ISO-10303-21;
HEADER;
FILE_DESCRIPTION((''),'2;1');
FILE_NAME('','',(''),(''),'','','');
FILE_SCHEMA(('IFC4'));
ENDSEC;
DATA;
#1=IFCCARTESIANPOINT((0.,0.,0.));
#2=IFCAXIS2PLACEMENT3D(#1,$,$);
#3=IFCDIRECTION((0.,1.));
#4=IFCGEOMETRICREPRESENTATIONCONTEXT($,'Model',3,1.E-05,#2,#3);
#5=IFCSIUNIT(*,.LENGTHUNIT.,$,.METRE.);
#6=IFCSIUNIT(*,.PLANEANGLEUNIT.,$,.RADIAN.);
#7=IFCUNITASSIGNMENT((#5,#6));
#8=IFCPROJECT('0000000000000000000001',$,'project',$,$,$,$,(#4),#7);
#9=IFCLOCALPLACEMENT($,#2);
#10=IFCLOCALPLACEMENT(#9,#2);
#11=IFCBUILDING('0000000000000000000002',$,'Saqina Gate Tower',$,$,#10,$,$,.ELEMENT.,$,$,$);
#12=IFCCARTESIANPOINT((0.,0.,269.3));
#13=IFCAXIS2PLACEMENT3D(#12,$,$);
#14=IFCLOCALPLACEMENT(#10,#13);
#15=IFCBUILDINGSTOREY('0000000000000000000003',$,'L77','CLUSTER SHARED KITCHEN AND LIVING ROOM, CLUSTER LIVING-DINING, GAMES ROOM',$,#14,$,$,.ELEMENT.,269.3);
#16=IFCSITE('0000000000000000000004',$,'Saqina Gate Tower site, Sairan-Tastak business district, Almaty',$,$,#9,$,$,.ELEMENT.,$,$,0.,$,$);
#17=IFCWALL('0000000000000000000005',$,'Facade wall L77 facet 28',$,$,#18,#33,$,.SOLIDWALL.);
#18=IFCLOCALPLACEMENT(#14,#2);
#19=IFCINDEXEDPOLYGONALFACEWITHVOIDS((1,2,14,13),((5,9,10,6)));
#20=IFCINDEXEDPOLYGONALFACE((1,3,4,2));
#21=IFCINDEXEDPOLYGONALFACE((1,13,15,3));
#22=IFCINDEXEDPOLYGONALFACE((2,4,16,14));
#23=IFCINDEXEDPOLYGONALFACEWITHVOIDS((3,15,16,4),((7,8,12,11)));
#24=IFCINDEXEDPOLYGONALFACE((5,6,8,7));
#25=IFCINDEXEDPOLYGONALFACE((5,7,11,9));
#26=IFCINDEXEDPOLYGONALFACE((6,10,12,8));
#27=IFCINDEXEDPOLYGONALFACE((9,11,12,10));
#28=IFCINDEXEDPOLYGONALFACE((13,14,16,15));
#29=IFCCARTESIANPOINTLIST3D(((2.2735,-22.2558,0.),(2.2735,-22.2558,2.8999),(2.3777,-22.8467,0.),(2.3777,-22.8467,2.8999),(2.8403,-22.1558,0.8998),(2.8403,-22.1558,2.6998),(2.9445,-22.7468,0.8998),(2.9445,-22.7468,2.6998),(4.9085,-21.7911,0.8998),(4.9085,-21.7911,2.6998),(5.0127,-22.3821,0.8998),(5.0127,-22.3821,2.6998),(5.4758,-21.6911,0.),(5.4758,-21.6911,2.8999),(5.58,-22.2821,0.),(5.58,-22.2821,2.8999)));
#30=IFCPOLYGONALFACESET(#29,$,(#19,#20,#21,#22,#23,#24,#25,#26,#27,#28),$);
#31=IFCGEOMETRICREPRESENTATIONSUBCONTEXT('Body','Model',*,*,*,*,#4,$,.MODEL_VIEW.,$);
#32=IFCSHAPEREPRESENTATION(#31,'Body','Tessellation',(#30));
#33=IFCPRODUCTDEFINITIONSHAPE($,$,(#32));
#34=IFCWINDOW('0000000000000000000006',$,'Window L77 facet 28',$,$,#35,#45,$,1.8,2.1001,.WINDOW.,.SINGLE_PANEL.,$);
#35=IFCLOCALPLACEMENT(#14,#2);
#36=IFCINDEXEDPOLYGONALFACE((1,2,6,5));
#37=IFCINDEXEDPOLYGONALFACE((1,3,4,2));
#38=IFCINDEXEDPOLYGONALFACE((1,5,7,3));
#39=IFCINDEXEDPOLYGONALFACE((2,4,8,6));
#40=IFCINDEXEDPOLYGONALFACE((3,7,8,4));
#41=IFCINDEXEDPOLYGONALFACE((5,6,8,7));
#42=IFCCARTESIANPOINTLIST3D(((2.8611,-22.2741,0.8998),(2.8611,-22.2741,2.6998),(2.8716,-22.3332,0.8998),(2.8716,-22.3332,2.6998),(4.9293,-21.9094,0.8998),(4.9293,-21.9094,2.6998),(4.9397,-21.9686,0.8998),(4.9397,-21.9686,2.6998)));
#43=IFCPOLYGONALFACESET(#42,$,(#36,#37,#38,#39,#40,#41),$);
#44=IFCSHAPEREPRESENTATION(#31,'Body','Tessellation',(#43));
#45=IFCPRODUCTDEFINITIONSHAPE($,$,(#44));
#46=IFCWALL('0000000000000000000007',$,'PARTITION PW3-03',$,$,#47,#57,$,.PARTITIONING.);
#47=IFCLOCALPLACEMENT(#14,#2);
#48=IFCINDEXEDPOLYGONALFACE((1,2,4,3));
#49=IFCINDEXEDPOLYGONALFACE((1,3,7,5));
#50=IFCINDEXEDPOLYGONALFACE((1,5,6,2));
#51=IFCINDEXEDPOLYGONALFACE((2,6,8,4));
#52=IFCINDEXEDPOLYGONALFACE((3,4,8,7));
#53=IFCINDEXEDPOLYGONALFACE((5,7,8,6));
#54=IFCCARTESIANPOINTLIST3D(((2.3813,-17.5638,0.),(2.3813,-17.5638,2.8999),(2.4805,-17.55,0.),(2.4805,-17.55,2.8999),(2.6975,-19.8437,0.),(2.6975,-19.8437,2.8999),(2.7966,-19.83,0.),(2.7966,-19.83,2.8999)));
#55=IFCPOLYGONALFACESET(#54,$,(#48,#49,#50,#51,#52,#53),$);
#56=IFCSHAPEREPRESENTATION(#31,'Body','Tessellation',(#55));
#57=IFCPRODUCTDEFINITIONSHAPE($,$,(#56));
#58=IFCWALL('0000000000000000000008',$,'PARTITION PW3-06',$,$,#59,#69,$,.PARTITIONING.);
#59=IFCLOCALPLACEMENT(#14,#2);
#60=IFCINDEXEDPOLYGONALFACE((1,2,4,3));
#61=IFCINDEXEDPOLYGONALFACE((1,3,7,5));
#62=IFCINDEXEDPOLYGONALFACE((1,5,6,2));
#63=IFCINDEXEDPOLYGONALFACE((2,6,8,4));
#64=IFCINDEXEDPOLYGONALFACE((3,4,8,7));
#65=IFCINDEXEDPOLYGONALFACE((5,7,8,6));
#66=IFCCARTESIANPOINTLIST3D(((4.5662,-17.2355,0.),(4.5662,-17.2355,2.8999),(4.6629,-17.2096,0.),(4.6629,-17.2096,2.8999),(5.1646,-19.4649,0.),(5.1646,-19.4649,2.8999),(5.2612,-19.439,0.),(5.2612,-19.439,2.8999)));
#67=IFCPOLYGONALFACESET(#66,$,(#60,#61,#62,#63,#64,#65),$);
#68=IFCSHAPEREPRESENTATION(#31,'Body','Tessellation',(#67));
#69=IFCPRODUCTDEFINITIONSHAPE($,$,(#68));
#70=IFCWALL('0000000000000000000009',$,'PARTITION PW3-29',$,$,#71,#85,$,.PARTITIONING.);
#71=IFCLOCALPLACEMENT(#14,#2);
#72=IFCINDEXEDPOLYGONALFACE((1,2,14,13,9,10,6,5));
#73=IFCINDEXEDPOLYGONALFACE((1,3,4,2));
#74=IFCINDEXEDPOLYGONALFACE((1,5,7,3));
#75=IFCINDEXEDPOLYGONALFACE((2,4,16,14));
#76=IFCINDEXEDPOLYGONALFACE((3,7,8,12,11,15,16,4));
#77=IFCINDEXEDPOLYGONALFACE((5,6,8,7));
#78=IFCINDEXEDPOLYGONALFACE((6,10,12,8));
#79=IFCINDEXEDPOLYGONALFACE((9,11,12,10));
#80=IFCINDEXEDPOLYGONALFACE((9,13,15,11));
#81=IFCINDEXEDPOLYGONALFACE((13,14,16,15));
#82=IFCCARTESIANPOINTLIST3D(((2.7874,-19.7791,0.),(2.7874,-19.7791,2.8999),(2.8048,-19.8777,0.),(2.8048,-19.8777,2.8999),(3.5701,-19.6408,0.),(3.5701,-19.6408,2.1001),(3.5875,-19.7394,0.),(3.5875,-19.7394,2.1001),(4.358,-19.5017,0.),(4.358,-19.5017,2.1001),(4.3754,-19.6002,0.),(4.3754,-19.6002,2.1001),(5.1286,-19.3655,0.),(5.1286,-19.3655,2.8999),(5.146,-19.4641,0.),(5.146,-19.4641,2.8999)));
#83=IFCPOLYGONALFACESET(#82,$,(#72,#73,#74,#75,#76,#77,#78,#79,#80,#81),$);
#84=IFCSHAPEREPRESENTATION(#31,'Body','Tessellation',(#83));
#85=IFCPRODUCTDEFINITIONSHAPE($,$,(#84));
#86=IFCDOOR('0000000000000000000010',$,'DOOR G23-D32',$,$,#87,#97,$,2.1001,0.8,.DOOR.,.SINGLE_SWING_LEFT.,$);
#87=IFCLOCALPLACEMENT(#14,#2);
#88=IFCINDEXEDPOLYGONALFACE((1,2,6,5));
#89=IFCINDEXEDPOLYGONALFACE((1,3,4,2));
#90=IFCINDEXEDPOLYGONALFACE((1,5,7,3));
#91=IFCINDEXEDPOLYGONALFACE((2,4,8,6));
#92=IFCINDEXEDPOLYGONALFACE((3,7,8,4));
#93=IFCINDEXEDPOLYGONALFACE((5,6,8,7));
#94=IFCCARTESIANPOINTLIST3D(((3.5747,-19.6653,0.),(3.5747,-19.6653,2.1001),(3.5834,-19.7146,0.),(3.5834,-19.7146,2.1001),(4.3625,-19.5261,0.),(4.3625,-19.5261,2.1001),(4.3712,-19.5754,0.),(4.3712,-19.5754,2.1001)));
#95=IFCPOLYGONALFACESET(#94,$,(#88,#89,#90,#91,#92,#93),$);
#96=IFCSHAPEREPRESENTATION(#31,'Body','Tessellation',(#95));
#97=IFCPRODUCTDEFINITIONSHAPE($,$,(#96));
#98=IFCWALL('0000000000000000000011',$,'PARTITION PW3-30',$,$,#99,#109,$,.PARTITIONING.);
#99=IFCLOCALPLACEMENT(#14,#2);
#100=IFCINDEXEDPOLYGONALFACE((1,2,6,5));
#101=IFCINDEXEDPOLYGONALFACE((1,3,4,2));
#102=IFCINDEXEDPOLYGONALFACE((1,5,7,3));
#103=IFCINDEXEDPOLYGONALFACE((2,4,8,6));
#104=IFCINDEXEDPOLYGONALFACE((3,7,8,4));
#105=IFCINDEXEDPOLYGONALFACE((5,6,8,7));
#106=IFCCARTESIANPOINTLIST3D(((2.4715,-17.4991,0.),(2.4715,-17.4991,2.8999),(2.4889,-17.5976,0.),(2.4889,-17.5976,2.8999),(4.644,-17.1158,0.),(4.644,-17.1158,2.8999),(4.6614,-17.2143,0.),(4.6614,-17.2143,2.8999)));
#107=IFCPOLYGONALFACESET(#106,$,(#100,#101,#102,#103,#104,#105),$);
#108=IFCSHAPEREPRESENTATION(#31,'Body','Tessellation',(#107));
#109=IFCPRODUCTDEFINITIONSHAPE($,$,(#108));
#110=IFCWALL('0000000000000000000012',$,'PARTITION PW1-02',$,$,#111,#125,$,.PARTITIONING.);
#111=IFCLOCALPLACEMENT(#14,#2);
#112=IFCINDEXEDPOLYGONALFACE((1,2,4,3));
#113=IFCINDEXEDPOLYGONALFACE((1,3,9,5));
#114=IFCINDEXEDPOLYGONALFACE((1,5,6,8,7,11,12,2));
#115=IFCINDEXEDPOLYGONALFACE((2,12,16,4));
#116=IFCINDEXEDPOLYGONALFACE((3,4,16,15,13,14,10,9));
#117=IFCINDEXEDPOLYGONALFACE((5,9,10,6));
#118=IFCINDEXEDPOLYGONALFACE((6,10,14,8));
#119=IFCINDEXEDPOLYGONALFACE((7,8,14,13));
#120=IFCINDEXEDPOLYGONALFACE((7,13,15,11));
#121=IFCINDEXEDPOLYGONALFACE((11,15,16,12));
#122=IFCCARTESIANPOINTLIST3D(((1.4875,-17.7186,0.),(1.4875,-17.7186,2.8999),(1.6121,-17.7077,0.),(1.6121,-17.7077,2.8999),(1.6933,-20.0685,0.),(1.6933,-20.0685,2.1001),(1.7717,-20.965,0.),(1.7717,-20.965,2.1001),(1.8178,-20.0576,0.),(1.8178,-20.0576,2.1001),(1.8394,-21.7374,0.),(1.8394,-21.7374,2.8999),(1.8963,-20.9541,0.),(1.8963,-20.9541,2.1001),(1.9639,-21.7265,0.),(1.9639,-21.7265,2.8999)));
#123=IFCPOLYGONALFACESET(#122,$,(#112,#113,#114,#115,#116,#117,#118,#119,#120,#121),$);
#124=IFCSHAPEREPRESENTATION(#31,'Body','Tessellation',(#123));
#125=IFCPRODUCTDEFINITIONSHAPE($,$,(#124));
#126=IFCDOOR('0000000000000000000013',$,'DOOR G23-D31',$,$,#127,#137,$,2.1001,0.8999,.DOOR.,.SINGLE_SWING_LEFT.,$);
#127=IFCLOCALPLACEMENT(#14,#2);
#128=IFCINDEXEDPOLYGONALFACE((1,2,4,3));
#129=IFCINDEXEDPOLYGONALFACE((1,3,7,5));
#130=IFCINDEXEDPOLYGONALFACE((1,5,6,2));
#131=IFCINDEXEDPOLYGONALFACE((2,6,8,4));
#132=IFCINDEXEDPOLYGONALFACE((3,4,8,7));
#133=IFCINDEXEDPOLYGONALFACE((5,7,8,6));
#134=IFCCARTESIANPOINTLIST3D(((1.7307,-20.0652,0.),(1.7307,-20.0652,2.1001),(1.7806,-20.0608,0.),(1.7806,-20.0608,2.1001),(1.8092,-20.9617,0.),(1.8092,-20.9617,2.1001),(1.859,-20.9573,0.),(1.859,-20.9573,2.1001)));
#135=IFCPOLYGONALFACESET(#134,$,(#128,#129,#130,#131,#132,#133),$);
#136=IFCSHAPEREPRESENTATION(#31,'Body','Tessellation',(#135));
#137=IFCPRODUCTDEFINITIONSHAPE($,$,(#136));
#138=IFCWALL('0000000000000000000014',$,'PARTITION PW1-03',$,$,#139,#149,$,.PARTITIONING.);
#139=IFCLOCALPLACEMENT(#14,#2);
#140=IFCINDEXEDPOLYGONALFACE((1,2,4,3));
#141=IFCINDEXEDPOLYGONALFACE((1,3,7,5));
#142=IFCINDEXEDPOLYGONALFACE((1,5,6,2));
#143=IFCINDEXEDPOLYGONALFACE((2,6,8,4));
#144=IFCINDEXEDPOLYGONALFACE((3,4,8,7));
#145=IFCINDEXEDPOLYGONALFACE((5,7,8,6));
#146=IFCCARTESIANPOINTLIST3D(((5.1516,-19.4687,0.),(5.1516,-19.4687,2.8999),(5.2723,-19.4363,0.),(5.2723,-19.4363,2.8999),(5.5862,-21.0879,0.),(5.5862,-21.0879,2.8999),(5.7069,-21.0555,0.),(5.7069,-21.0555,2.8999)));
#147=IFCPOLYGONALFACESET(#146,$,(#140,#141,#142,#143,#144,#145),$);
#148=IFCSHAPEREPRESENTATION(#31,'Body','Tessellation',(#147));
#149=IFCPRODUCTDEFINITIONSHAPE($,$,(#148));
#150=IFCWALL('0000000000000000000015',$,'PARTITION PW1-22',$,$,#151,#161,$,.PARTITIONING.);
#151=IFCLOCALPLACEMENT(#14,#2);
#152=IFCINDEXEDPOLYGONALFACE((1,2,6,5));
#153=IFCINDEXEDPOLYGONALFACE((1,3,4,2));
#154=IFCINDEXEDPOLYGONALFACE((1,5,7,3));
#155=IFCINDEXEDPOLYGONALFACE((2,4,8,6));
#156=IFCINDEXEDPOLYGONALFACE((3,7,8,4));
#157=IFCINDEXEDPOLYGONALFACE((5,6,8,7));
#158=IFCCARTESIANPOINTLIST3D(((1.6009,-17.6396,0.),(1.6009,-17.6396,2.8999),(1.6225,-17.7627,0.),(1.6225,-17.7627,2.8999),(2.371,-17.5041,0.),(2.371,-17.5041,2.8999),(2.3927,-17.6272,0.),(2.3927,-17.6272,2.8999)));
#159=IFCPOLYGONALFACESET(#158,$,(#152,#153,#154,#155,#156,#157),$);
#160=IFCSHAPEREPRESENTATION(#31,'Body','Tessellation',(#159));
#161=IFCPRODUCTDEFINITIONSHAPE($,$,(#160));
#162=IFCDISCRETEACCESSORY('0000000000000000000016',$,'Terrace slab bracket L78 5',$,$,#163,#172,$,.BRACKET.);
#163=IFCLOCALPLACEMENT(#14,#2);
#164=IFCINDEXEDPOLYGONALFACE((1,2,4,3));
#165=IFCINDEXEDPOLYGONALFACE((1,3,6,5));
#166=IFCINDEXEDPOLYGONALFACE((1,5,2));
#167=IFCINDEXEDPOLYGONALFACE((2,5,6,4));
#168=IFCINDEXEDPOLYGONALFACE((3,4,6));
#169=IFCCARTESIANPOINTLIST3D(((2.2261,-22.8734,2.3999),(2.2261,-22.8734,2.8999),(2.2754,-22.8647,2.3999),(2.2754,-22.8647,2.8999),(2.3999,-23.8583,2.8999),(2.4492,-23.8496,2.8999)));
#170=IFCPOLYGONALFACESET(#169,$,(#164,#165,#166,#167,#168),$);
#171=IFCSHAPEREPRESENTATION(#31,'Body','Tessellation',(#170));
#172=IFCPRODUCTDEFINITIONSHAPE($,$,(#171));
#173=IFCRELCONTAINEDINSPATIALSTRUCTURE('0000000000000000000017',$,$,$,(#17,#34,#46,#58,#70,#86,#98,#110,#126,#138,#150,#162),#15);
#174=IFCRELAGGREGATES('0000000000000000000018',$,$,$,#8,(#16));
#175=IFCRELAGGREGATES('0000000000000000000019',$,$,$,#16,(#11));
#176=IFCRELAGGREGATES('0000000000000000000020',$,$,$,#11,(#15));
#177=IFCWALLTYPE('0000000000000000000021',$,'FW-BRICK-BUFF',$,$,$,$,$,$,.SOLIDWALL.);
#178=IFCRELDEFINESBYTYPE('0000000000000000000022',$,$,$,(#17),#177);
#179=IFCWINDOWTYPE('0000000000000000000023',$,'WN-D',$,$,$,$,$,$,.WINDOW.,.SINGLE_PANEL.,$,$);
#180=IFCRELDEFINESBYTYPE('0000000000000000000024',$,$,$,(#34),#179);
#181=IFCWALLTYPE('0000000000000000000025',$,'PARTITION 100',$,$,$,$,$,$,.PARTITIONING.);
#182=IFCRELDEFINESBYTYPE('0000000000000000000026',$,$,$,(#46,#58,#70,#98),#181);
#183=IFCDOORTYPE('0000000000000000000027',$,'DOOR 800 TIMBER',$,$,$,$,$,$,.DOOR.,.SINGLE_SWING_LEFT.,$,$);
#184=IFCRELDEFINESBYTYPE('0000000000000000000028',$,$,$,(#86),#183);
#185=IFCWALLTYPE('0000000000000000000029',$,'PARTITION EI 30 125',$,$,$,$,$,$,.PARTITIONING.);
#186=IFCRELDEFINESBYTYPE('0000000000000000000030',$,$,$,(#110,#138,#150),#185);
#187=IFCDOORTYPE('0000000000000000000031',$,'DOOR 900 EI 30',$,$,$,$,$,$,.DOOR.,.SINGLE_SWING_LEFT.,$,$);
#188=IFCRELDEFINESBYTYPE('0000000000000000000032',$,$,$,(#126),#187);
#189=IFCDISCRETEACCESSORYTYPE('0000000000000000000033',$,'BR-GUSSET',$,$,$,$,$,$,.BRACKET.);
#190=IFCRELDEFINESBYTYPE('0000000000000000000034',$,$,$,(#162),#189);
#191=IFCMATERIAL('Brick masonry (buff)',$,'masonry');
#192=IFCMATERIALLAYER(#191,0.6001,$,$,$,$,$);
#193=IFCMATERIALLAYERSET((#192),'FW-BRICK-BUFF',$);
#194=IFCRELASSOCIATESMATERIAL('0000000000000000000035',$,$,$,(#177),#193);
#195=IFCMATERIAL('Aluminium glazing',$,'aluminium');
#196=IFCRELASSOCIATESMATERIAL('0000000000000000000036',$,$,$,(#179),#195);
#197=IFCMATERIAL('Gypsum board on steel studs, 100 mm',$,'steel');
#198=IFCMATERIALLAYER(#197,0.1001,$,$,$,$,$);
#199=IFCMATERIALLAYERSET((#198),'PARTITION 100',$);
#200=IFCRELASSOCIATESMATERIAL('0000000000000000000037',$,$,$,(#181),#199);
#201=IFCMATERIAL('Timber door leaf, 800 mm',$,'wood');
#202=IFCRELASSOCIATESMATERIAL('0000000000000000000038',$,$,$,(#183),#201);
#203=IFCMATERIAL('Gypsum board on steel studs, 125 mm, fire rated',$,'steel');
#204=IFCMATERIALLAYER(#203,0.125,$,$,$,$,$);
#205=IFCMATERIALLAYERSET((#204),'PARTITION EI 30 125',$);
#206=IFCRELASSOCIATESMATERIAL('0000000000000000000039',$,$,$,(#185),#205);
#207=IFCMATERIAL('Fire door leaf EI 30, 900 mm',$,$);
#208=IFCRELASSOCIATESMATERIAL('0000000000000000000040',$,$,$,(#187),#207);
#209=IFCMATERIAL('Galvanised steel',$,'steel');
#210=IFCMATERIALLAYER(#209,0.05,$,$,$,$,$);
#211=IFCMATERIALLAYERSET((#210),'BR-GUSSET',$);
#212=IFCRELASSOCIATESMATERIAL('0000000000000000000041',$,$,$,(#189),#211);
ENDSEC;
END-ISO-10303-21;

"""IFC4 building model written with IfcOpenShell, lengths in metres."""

from ifc_helpers import new_model, si_unit, direction, frame, frame_2d, origin, place, context, subcontext, project, spatial, polyline, rectangle, outline, extrude, material, layer, layer_set, type_object, element, fill, save


model = new_model("IFC4")

# Units and contexts
model_context = context("Model", 3, precision=1e-05, world=origin(), true_north=direction((0.0, 1.0)))
body_context = subcontext(model_context, "Body", "Model", "MODEL_VIEW")
ifc_project = project(units=[si_unit("LENGTHUNIT", "METRE"), si_unit("PLANEANGLEUNIT", "RADIAN")], contexts=[model_context])

# Site, building, storey
site_placement = place(None, origin())
site = spatial("IfcSite", under=ifc_project, at=site_placement, Name="Saqina Gate Tower site, Sairan-Tastak business district, Almaty", CompositionType="ELEMENT", RefElevation=0.0)
building_placement = place(site_placement, origin())
building = spatial("IfcBuilding", under=site, at=building_placement, Name="Saqina Gate Tower", CompositionType="ELEMENT")
storey_placement = place(building_placement, frame((0.0, 0.0, 269.3)))
storey = spatial("IfcBuildingStorey", under=building, at=storey_placement, Name="L77", Description="CLUSTER SHARED KITCHEN AND LIVING ROOM, CLUSTER LIVING-DINING, GAMES ROOM", CompositionType="ELEMENT", Elevation=269.3)

# Wall, opening, window
ifc_material_1 = material(Name="Brick masonry (buff)", Category="masonry")
ifc_layer_1 = layer(ifc_material_1, 0.6001)
ifc_layer_set_1 = layer_set([ifc_layer_1], Name="FW-BRICK-BUFF")
wall_type_1 = type_object("IfcWallType", Name="FW-BRICK-BUFF", PredefinedType="SOLIDWALL", material=ifc_layer_set_1)
wall_1_placement = place(storey_placement, frame((2.3254, -22.5513, 0.0), z_axis=(0.0, 0.0, 1.0), x_axis=(0.984806, 0.173657, 0.0)))
wall_1 = element("IfcWall", 1, at=wall_1_placement, inside=storey, type_object=wall_type_1, Name="Facade wall L77 facet 28", PredefinedType="SOLIDWALL", context=body_context, shape_type="SweptSolid", body=[
    extrude(rectangle(XDim=3.2517, YDim=0.6001, at=frame_2d((1.626, 0.0))), origin(), (0.0, 0.0, 1.0), 2.8999),
])
opening_1_placement = place(wall_1_placement, frame((0.5757, 0.0, 0.8999)))
opening_1 = element("IfcOpeningElement", 2, at=opening_1_placement, cuts=wall_1, PredefinedType="OPENING", context=body_context, shape_type="SweptSolid", body=[
    extrude(rectangle(XDim=2.1001, YDim=1.8, at=frame_2d((1.05, 0.8999))), frame((0.0, 0.312, 0.0), z_axis=(0.0, -1.0, 0.0), x_axis=(1.0, 0.0, 0.0)), (0.0, 0.0, 1.0), 0.624),
])
ifc_material_2 = material(Name="Aluminium glazing", Category="aluminium")
window_type = type_object("IfcWindowType", Name="WN-D", PartitioningType="SINGLE_PANEL", PredefinedType="WINDOW", material=ifc_material_2)
window_placement = place(opening_1_placement, origin())
window = element("IfcWindow", 3, at=window_placement, inside=storey, type_object=window_type, Name="Window L77 facet 28", OverallHeight=1.8, OverallWidth=2.1001, PartitioningType="SINGLE_PANEL", PredefinedType="WINDOW", context=body_context, shape_type="SweptSolid", body=[
    extrude(rectangle(XDim=2.1001, YDim=1.8, at=frame_2d((1.05, 0.8999))), frame((0.0, 0.1799, 0.0), z_axis=(0.0, -1.0, 0.0), x_axis=(1.0, 0.0, 0.0)), (0.0, 0.0, 1.0), 0.0601),
])
fill(opening_1, window)

# Walls
ifc_material_3 = material(Name="Gypsum board on steel studs, 100 mm", Category="steel")
ifc_layer_2 = layer(ifc_material_3, 0.1001)
ifc_layer_set_2 = layer_set([ifc_layer_2], Name="PARTITION 100")
wall_type_2 = type_object("IfcWallType", Name="PARTITION 100", PredefinedType="PARTITIONING", material=ifc_layer_set_2)
wall_2_placement = place(storey_placement, frame((2.4309, -17.5569, 0.0), z_axis=(0.0, 0.0, 1.0), x_axis=(0.137352, -0.990522, 0.0)))
element("IfcWall", 4, at=wall_2_placement, inside=storey, type_object=wall_type_2, Name="PARTITION PW3-03", PredefinedType="PARTITIONING", context=body_context, shape_type="SweptSolid", body=[
    extrude(rectangle(XDim=2.3018, YDim=0.1001, at=frame_2d((1.1509, 0.0))), origin(), (0.0, 0.0, 1.0), 2.8999),
])
wall_3_placement = place(storey_placement, frame((4.6145, -17.2224, 0.0), z_axis=(0.0, 0.0, 1.0), x_axis=(0.259222, -0.965818, 0.0)))
element("IfcWall", 5, at=wall_3_placement, inside=storey, type_object=wall_type_2, Name="PARTITION PW3-06", PredefinedType="PARTITIONING", context=body_context, shape_type="SweptSolid", body=[
    extrude(rectangle(XDim=2.3083, YDim=0.1001, at=frame_2d((1.1543, 0.0))), origin(), (0.0, 0.0, 1.0), 2.8999),
])

# Wall, opening, door
wall_4_placement = place(storey_placement, frame((2.7961, -19.8284, 0.0), z_axis=(0.0, 0.0, 1.0), x_axis=(0.984755, 0.173949, 0.0)))
wall_4 = element("IfcWall", 6, at=wall_4_placement, inside=storey, type_object=wall_type_2, Name="PARTITION PW3-29", PredefinedType="PARTITIONING", context=body_context, shape_type="SweptSolid", body=[
    extrude(rectangle(XDim=2.3774, YDim=0.1001, at=frame_2d((1.1887, 0.0))), origin(), (0.0, 0.0, 1.0), 2.8999),
])
opening_2_placement = place(wall_4_placement, frame((0.7949, 0.0, 0.0)))
opening_2 = element("IfcOpeningElement", 7, at=opening_2_placement, cuts=wall_4, PredefinedType="OPENING", context=body_context, shape_type="SweptSolid", body=[
    extrude(rectangle(XDim=0.8, YDim=2.1001, at=frame_2d((0.3999, 1.05))), frame((0.0, 0.062, 0.0), z_axis=(0.0, -1.0, 0.0), x_axis=(1.0, 0.0, 0.0)), (0.0, 0.0, 1.0), 0.124),
])
ifc_material_4 = material(Name="Timber door leaf, 800 mm", Category="wood")
door_type_1 = type_object("IfcDoorType", Name="DOOR 800 TIMBER", OperationType="SINGLE_SWING_LEFT", PredefinedType="DOOR", material=ifc_material_4)
door_1_placement = place(opening_2_placement, frame((0.8, 0.0, 0.0), z_axis=(0.0, 0.0, 1.0), x_axis=(-1.0, 0.0, 0.0)))
door_1 = element("IfcDoor", 8, at=door_1_placement, inside=storey, type_object=door_type_1, Name="DOOR G23-D32", OperationType="SINGLE_SWING_LEFT", OverallHeight=2.1001, OverallWidth=0.8, PredefinedType="DOOR", context=body_context, shape_type="SweptSolid", body=[
    extrude(rectangle(XDim=0.8, YDim=2.1001, at=frame_2d((0.3999, 1.05))), frame((0.0, 0.0249, 0.0), z_axis=(0.0, -1.0, 0.0), x_axis=(1.0, 0.0, 0.0)), (0.0, 0.0, 1.0), 0.05),
])
fill(opening_2, door_1)

# Wall
wall_5_placement = place(storey_placement, frame((2.4802, -17.5483, 0.0), z_axis=(0.0, 0.0, 1.0), x_axis=(0.984791, 0.173741, 0.0)))
element("IfcWall", 9, at=wall_5_placement, inside=storey, type_object=wall_type_2, Name="PARTITION PW3-30", PredefinedType="PARTITIONING", context=body_context, shape_type="SweptSolid", body=[
    extrude(rectangle(XDim=2.2061, YDim=0.1001, at=frame_2d((1.103, 0.0))), origin(), (0.0, 0.0, 1.0), 2.8999),
])

# Wall, opening, door
ifc_material_5 = material(Name="Gypsum board on steel studs, 125 mm, fire rated", Category="steel")
ifc_layer_3 = layer(ifc_material_5, 0.125)
ifc_layer_set_3 = layer_set([ifc_layer_3], Name="PARTITION EI 30 125")
wall_type_3 = type_object("IfcWallType", Name="PARTITION EI 30 125", PredefinedType="PARTITIONING", material=ifc_layer_set_3)
wall_6_placement = place(storey_placement, frame((1.5498, -17.7131, 0.0), z_axis=(0.0, 0.0, 1.0), x_axis=(0.087207, -0.99619, 0.0)))
wall_6 = element("IfcWall", 10, at=wall_6_placement, inside=storey, type_object=wall_type_3, Name="PARTITION PW1-02", PredefinedType="PARTITIONING", context=body_context, shape_type="SweptSolid", body=[
    extrude(rectangle(XDim=4.0342, YDim=0.125, at=frame_2d((2.0171, 0.0))), origin(), (0.0, 0.0, 1.0), 2.8999),
])
opening_3_placement = place(wall_6_placement, frame((2.3589, 0.0, 0.0)))
opening_3 = element("IfcOpeningElement", 11, at=opening_3_placement, cuts=wall_6, PredefinedType="OPENING", context=body_context, shape_type="SweptSolid", body=[
    extrude(rectangle(XDim=0.8999, YDim=2.1001, at=frame_2d((0.45, 1.05))), frame((0.0, 0.0745, 0.0), z_axis=(0.0, -1.0, 0.0), x_axis=(1.0, 0.0, 0.0)), (0.0, 0.0, 1.0), 0.1489),
])
ifc_material_6 = material(Name="Fire door leaf EI 30, 900 mm")
door_type_2 = type_object("IfcDoorType", Name="DOOR 900 EI 30", OperationType="SINGLE_SWING_LEFT", PredefinedType="DOOR", material=ifc_material_6)
door_2_placement = place(opening_3_placement, frame((0.8999, 0.0, 0.0), z_axis=(0.0, 0.0, 1.0), x_axis=(-1.0, 0.0, 0.0)))
door_2 = element("IfcDoor", 12, at=door_2_placement, inside=storey, type_object=door_type_2, Name="DOOR G23-D31", OperationType="SINGLE_SWING_LEFT", OverallHeight=2.1001, OverallWidth=0.8999, PredefinedType="DOOR", context=body_context, shape_type="SweptSolid", body=[
    extrude(rectangle(XDim=0.8999, YDim=2.1001, at=frame_2d((0.45, 1.05))), frame((0.0, 0.0249, 0.0), z_axis=(0.0, -1.0, 0.0), x_axis=(1.0, 0.0, 0.0)), (0.0, 0.0, 1.0), 0.05),
])
fill(opening_3, door_2)

# Walls
wall_7_placement = place(storey_placement, frame((5.2119, -19.4524, 0.0), z_axis=(0.0, 0.0, 1.0), x_axis=(0.259221, -0.965818, 0.0)))
element("IfcWall", 13, at=wall_7_placement, inside=storey, type_object=wall_type_3, Name="PARTITION PW1-03", PredefinedType="PARTITIONING", context=body_context, shape_type="SweptSolid", body=[
    extrude(rectangle(XDim=1.6765, YDim=0.125, at=frame_2d((0.8384, 0.0))), origin(), (0.0, 0.0, 1.0), 2.8999),
])
wall_8_placement = place(storey_placement, frame((1.6116, -17.7012, 0.0), z_axis=(0.0, 0.0, 1.0), x_axis=(0.984878, 0.173251, 0.0)))
element("IfcWall", 14, at=wall_8_placement, inside=storey, type_object=wall_type_3, Name="PARTITION PW1-22", PredefinedType="PARTITIONING", context=body_context, shape_type="SweptSolid", body=[
    extrude(rectangle(XDim=0.782, YDim=0.125, at=frame_2d((0.3911, 0.0))), origin(), (0.0, 0.0, 1.0), 2.8999),
])

# Discrete accessory
ifc_material_7 = material(Name="Galvanised steel", Category="steel")
ifc_layer_4 = layer(ifc_material_7, 0.05)
ifc_layer_set_4 = layer_set([ifc_layer_4], Name="BR-GUSSET")
discrete_accessory_type = type_object("IfcDiscreteAccessoryType", Name="BR-GUSSET", PredefinedType="BRACKET", material=ifc_layer_set_4)
discrete_accessory_placement = place(storey_placement, frame((2.2754, -22.8647, 2.3999), z_axis=(0.984779, 0.173813, 0.0), x_axis=(0.0, 0.0, 1.0)))
element("IfcDiscreteAccessory", 15, at=discrete_accessory_placement, inside=storey, type_object=discrete_accessory_type, Name="Terrace slab bracket L78 5", PredefinedType="BRACKET", context=body_context, shape_type="SweptSolid", body=[
    extrude(outline(polyline([(0.0, 0.0), (0.5, 0.0), (0.5, 1.0001), (0.0, 0.0)])), origin(), (0.0, 0.0, -1.0), 0.05),
])

save(model, "model.ifc")
